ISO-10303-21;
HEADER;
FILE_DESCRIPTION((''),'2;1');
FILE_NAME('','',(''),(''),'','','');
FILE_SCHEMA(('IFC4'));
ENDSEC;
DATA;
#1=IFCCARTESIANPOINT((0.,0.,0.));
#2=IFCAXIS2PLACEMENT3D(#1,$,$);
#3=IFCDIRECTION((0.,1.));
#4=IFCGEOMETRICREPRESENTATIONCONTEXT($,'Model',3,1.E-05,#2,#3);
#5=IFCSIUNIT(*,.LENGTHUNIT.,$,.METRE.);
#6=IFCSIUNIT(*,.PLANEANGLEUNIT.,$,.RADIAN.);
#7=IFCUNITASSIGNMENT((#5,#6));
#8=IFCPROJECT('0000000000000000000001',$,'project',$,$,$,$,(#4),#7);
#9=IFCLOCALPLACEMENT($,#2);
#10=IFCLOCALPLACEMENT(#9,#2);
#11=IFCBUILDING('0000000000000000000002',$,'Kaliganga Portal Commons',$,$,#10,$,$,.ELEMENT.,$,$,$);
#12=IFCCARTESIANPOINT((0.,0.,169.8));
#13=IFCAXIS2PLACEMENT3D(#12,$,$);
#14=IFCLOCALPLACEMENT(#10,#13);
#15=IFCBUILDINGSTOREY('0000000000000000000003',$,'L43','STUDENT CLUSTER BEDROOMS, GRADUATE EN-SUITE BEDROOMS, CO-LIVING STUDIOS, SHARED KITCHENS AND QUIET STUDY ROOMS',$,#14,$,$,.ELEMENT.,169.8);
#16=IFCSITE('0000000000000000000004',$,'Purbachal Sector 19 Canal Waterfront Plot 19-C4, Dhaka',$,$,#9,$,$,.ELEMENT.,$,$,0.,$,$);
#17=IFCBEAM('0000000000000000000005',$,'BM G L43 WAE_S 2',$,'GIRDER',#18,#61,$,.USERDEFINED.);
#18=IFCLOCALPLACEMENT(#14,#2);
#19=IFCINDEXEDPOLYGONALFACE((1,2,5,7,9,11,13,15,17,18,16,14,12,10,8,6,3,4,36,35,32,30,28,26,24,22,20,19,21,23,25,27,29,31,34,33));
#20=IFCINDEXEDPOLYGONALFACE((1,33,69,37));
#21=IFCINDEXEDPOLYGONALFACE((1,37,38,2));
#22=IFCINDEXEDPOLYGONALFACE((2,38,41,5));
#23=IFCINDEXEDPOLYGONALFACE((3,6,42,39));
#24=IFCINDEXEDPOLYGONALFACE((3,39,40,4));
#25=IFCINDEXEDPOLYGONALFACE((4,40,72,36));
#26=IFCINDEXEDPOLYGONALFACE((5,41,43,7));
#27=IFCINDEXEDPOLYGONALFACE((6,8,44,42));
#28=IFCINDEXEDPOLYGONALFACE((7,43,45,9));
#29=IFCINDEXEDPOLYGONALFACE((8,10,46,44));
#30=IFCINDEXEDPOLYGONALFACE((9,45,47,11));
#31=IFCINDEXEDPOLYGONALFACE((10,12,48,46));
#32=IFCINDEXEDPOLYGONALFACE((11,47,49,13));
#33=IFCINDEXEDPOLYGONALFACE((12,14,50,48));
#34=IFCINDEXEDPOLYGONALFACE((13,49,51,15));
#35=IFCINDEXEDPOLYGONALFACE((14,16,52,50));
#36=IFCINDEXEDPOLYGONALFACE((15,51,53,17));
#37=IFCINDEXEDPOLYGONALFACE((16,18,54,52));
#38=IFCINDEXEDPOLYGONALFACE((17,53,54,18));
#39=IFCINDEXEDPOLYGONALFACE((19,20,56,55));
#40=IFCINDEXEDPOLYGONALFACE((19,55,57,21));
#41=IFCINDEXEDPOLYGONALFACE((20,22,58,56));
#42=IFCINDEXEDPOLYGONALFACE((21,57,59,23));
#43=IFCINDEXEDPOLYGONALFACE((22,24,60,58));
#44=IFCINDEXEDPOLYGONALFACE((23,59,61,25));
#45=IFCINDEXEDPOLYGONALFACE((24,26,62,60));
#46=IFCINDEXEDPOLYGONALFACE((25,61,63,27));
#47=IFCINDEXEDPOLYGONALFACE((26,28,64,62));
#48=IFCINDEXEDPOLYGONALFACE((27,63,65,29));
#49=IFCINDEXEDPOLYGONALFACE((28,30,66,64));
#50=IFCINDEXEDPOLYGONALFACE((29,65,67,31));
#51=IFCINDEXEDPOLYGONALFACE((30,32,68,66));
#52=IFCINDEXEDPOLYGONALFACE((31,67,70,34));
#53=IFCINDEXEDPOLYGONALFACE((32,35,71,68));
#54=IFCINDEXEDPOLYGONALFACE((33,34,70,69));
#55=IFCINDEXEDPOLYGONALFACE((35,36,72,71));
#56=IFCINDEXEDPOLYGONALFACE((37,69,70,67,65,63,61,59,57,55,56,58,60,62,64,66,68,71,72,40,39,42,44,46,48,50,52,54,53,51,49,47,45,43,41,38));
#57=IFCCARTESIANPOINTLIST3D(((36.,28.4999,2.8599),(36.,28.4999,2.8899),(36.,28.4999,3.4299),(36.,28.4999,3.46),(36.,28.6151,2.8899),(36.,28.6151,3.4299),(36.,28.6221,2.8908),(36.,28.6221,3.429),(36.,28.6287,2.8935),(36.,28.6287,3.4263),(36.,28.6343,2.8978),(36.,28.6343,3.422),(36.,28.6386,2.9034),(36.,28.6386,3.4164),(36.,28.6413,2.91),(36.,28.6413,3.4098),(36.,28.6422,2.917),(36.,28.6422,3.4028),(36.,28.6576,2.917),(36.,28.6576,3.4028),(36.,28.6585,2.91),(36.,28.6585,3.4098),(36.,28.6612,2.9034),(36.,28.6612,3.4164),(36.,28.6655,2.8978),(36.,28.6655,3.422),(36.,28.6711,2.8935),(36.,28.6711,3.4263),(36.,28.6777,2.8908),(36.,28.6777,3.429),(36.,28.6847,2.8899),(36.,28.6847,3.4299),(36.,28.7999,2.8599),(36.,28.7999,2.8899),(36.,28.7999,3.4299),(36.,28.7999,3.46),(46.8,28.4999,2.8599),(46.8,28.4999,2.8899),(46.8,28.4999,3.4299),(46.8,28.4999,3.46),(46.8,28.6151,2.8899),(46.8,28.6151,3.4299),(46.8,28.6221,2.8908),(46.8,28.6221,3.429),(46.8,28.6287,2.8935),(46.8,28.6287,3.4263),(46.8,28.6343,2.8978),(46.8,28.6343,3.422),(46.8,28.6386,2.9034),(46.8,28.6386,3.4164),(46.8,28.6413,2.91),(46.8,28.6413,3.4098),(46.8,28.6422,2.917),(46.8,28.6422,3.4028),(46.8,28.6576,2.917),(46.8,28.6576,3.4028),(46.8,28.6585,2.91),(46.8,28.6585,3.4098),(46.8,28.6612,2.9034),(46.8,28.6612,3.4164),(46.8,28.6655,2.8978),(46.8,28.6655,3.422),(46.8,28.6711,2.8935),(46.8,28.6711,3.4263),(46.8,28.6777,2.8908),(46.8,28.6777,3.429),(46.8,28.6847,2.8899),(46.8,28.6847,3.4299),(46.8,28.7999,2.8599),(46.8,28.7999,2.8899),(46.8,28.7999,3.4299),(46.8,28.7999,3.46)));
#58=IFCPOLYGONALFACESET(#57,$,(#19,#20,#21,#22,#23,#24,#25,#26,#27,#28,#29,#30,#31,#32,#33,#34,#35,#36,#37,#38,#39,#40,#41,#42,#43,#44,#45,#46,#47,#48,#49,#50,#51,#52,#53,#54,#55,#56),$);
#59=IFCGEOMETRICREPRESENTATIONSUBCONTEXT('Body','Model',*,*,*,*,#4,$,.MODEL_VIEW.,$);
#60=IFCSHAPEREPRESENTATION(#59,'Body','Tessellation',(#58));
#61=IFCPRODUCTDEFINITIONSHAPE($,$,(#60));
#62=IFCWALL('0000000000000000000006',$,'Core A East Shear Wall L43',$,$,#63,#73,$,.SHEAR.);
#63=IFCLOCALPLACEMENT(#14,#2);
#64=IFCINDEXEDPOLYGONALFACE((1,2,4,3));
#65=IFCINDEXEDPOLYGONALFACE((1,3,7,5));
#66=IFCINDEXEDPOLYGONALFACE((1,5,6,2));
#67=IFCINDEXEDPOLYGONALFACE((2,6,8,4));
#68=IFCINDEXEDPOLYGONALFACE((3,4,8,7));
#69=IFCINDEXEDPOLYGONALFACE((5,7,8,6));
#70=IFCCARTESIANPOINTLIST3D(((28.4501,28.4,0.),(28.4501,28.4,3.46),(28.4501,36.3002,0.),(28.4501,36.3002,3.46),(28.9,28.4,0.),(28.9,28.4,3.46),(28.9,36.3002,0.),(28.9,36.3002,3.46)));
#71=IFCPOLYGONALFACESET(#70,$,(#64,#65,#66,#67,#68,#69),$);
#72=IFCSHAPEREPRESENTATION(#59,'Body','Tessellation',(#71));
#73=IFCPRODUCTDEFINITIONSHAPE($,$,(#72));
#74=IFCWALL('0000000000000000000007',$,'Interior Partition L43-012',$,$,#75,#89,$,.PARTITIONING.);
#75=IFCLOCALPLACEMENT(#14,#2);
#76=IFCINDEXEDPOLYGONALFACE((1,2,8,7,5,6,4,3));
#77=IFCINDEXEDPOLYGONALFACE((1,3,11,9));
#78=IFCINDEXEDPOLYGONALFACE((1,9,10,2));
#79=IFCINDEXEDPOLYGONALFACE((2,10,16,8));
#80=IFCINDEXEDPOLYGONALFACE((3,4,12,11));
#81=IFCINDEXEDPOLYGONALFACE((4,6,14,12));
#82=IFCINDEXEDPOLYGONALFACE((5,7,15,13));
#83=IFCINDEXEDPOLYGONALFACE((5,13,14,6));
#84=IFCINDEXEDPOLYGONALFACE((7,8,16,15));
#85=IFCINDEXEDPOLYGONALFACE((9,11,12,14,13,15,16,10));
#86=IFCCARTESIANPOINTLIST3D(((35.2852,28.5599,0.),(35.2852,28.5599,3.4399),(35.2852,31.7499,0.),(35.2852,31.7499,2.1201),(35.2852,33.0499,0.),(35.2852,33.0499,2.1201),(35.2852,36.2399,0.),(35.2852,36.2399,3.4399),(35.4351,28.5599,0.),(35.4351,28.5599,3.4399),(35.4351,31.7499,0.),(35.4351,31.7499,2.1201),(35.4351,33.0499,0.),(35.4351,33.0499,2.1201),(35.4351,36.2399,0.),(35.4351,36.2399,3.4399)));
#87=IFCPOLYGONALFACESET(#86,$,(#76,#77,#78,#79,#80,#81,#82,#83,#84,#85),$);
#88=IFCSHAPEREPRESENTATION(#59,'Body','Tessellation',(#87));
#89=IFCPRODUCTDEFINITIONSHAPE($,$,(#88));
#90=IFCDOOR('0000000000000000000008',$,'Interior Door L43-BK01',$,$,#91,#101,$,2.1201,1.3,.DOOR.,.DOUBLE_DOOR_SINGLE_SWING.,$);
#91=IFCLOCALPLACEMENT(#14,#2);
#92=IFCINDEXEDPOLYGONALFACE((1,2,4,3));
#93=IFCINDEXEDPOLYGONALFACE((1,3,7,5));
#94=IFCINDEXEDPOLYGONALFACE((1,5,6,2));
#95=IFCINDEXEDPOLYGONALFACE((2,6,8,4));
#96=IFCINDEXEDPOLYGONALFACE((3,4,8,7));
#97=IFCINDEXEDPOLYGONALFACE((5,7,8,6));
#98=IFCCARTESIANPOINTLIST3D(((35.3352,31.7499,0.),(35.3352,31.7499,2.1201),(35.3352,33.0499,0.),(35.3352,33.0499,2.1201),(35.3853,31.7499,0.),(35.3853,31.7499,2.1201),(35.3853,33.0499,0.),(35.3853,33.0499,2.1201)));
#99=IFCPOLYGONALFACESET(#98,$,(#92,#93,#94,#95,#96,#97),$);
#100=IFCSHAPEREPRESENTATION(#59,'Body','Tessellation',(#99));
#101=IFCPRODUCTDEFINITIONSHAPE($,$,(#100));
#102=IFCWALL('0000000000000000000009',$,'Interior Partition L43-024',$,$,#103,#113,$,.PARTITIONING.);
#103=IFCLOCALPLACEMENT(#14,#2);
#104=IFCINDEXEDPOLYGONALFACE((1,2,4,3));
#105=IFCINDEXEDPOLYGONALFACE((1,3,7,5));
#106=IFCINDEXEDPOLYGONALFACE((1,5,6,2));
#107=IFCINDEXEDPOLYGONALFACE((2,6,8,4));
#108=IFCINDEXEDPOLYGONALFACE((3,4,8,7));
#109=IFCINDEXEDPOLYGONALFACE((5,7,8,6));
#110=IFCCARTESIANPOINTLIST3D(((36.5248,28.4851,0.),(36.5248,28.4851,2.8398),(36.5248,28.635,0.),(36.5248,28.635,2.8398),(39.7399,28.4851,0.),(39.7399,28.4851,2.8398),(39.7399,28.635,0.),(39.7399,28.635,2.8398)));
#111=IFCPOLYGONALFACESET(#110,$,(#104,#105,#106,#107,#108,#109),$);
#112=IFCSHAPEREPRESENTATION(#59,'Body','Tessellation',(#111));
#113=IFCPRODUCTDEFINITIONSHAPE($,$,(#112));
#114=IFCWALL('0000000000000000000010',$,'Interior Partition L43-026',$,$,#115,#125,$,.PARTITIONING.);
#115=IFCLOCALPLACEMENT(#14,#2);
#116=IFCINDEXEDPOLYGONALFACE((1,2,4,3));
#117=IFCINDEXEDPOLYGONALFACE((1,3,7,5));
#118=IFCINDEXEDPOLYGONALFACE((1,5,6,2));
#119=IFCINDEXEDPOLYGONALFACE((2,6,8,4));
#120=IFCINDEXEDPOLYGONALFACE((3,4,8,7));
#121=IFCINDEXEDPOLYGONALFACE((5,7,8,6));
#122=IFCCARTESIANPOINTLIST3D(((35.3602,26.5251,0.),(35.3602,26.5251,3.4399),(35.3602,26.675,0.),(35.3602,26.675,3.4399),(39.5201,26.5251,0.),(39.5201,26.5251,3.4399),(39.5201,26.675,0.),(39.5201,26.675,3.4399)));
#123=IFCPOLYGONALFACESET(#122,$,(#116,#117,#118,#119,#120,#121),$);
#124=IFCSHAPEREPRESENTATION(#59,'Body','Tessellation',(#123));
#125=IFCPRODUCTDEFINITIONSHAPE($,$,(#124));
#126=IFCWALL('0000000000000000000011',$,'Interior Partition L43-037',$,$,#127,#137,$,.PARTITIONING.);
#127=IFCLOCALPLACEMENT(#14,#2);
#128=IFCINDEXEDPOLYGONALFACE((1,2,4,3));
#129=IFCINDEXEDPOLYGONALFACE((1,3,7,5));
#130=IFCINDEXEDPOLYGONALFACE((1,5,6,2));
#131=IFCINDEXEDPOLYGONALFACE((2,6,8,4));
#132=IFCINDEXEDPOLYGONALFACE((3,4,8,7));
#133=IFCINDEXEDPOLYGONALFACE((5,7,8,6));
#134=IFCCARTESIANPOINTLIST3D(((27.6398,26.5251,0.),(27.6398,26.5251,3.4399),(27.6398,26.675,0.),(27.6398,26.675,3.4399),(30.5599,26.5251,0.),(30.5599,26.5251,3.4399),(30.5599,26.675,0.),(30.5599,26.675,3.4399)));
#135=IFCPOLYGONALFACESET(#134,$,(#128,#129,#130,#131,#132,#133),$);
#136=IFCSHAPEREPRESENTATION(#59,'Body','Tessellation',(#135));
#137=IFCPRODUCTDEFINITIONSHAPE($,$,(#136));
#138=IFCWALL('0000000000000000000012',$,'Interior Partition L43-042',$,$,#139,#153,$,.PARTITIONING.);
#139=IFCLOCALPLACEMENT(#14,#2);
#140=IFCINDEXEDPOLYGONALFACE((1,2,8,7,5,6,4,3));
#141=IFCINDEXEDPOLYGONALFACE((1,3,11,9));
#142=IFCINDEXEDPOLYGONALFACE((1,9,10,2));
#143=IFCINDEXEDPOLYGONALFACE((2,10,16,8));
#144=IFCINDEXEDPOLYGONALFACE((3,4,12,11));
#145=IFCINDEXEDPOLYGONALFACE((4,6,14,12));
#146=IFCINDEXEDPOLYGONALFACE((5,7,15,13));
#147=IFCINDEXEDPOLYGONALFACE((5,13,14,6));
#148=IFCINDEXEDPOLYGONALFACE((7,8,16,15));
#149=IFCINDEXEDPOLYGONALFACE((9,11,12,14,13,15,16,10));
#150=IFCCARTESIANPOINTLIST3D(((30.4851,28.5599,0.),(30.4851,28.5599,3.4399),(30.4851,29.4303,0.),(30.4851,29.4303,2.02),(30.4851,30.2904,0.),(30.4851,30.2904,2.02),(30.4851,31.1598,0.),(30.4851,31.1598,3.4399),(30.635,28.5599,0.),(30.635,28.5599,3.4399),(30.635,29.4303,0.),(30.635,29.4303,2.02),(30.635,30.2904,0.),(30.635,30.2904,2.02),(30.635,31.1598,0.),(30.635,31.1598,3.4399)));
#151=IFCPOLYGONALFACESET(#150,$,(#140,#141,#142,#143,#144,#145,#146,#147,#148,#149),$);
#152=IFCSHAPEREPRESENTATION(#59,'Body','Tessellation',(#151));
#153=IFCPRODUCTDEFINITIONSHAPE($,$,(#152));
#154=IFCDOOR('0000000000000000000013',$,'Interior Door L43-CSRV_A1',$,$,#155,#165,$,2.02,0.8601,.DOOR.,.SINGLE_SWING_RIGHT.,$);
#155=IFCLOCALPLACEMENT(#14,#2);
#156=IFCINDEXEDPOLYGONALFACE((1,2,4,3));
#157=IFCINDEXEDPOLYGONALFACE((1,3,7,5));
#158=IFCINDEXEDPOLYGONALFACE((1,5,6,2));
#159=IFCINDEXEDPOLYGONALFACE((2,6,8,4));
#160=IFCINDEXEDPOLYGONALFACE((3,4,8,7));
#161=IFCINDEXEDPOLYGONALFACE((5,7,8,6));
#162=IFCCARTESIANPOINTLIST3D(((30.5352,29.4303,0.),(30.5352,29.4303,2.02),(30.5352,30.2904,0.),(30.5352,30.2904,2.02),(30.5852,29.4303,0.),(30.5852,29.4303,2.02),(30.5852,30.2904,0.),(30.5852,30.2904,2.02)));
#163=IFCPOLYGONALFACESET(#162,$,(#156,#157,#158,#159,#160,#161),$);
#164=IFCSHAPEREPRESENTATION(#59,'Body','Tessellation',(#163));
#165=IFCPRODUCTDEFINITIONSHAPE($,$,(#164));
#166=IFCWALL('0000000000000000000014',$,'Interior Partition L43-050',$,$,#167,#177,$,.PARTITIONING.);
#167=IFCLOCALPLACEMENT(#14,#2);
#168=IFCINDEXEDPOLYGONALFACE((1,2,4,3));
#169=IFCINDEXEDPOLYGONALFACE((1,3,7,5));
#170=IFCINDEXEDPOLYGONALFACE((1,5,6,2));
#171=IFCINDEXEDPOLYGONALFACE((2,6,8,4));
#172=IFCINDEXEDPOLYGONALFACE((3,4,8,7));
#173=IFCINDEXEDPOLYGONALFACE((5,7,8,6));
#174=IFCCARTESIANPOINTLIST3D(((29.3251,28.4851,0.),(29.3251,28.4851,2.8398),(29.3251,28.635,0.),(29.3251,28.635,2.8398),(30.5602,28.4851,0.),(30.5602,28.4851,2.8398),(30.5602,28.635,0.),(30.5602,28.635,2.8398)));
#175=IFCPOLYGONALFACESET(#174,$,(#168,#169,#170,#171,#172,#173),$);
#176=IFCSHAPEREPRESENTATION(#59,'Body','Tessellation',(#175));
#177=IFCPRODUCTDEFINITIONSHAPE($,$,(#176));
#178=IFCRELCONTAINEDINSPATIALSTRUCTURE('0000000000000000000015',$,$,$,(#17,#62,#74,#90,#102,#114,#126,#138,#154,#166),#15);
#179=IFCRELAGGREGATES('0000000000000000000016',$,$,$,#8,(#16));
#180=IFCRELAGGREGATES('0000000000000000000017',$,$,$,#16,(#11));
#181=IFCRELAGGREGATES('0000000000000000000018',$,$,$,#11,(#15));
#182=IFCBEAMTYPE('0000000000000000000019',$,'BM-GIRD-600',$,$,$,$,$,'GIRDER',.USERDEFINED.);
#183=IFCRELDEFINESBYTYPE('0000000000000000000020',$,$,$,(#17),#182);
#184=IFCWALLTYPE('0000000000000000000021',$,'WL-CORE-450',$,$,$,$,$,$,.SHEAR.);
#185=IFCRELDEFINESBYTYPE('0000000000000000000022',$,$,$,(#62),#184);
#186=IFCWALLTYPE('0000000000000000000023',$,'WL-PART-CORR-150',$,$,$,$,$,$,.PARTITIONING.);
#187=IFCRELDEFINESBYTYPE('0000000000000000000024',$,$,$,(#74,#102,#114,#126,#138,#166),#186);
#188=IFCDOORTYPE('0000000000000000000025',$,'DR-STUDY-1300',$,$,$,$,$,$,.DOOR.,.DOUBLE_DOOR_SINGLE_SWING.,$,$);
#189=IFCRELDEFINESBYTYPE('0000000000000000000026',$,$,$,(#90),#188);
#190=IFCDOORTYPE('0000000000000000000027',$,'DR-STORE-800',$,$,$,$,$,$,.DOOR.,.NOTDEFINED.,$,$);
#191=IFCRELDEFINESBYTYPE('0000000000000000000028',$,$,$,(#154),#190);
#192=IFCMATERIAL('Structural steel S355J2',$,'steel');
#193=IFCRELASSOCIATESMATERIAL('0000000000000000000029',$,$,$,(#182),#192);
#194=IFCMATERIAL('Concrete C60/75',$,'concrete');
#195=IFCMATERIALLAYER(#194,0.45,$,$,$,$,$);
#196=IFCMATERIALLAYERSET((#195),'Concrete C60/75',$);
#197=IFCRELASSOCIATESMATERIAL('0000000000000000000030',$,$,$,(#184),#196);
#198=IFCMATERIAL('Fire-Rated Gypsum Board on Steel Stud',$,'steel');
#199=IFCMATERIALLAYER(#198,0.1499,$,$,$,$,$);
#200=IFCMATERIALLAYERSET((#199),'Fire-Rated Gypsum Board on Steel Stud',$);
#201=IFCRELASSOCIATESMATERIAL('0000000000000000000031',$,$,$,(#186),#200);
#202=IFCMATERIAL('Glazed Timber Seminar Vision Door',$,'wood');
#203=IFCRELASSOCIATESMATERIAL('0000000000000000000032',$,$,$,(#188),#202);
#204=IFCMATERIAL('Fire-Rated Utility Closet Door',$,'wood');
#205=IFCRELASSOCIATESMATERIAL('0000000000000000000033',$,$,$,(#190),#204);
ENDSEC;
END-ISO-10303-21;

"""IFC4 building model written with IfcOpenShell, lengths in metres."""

from ifc_helpers import new_model, si_unit, direction, frame, frame_2d, origin, origin_2d, place, context, subcontext, project, spatial, rectangle, i_section, extrude, source, transform, mapped, material, layer, layer_set, material_profile, profile_set, type_object, element, fill, save


model = new_model("IFC4")

# Units and contexts
model_context = context("Model", 3, precision=1e-05, world=origin(), true_north=direction((0.0, 1.0)))
body_context = subcontext(model_context, "Body", "Model", "MODEL_VIEW")
ifc_project = project(units=[si_unit("LENGTHUNIT", "METRE"), si_unit("PLANEANGLEUNIT", "RADIAN")], contexts=[model_context])

# Site, building, storey
site_placement = place(None, origin())
site = spatial("IfcSite", under=ifc_project, at=site_placement, Name="Purbachal Sector 19 Canal Waterfront Plot 19-C4, Dhaka", CompositionType="ELEMENT", RefElevation=0.0)
building_placement = place(site_placement, origin())
building = spatial("IfcBuilding", under=site, at=building_placement, Name="Kaliganga Portal Commons", CompositionType="ELEMENT")
storey_placement = place(building_placement, frame((0.0, 0.0, 169.8)))
storey = spatial("IfcBuildingStorey", under=building, at=storey_placement, Name="L43", Description="STUDENT CLUSTER BEDROOMS, GRADUATE EN-SUITE BEDROOMS, CO-LIVING STUDIOS, SHARED KITCHENS AND QUIET STUDY ROOMS", CompositionType="ELEMENT", Elevation=169.8)

# Shared definitions
ifc_material_1 = material(Name="Concrete C60/75", Category="concrete")

# Beam
ifc_material_2 = material(Name="Structural steel S355J2", Category="steel")
ifc_material_profile_1 = material_profile(ifc_material_2, i_section(OverallWidth=0.3, OverallDepth=0.6001, WebThickness=0.0154, FlangeThickness=0.03, FilletRadius=0.0271, at=origin_2d()), Name="HE 600 B")
ifc_profile_set_1 = profile_set([ifc_material_profile_1], Name="Structural steel S355J2 wide-flange")
beam_type_1 = type_object("IfcBeamType", Name="BM-GIRD-600", ElementType="GIRDER", PredefinedType="USERDEFINED", material=ifc_profile_set_1)
shared_shape_1 = source(origin(), body_context, "Body", "SweptSolid", [
    extrude(i_section(OverallWidth=0.3, OverallDepth=0.6001, WebThickness=0.0154, FlangeThickness=0.03, FilletRadius=0.0271, at=origin_2d()), origin(), (0.0, 0.0, 1.0), 10.8),
])
beam_1_placement = place(storey_placement, frame((36.0, 28.6499, 3.1599), z_axis=(1.0, 0.0, 0.0), x_axis=(0.0, 1.0, 0.0)))
element("IfcBeam", 1, at=beam_1_placement, inside=storey, type_object=beam_type_1, Name="BM G L43 WAE_S 2", ObjectType="GIRDER", PredefinedType="USERDEFINED", context=body_context, shape_type="MappedRepresentation", body=[
    mapped(shared_shape_1, transform((0.0, 0.0, 0.0), x_axis=(1.0, 0.0, 0.0), y_axis=(0.0, 1.0, 0.0), z_axis=(0.0, 0.0, 1.0), scale=1.0)),
])

# Wall
ifc_layer_1 = layer(ifc_material_1, 0.45)
ifc_layer_set_1 = layer_set([ifc_layer_1], Name="Concrete C60/75")
wall_type_1 = type_object("IfcWallType", Name="WL-CORE-450", PredefinedType="SHEAR", material=ifc_layer_set_1)
wall_1_placement = place(storey_placement, frame((28.675, 28.3999, 0.0), z_axis=(0.0, 0.0, 1.0), x_axis=(0.0, 1.0, 0.0)))
element("IfcWall", 2, at=wall_1_placement, inside=storey, type_object=wall_type_1, Name="Core A East Shear Wall L43", PredefinedType="SHEAR", context=body_context, shape_type="SweptSolid", body=[
    extrude(rectangle(XDim=7.9001, YDim=0.45, at=frame_2d((3.9502, 0.0))), origin(), (0.0, 0.0, 1.0), 3.46),
])

# Wall, opening, door
ifc_material_3 = material(Name="Fire-Rated Gypsum Board on Steel Stud", Category="steel")
ifc_layer_2 = layer(ifc_material_3, 0.1499)
ifc_layer_set_2 = layer_set([ifc_layer_2], Name="Fire-Rated Gypsum Board on Steel Stud")
wall_type_2 = type_object("IfcWallType", Name="WL-PART-CORR-150", PredefinedType="PARTITIONING", material=ifc_layer_set_2)
wall_2_placement = place(storey_placement, frame((35.3601, 28.5601, 0.0), z_axis=(0.0, 0.0, 1.0), x_axis=(0.0, 1.0, 0.0)))
wall_2 = element("IfcWall", 3, at=wall_2_placement, inside=storey, type_object=wall_type_2, Name="Interior Partition L43-012", PredefinedType="PARTITIONING", context=body_context, shape_type="SweptSolid", body=[
    extrude(rectangle(XDim=7.6799, YDim=0.1499, at=frame_2d((3.8398, 0.0))), origin(), (0.0, 0.0, 1.0), 3.4399),
])
opening_1_placement = place(wall_2_placement, frame((3.1899, 0.0, 0.0)))
opening_1 = element("IfcOpeningElement", 4, at=opening_1_placement, cuts=wall_2, PredefinedType="OPENING", context=body_context, shape_type="SweptSolid", body=[
    extrude(rectangle(XDim=1.3, YDim=2.1201, at=frame_2d((0.6499, 1.0601))), frame((0.0, 0.085, 0.0), z_axis=(0.0, -1.0, 0.0), x_axis=(1.0, 0.0, 0.0)), (0.0, 0.0, 1.0), 0.1699),
])
ifc_material_4 = material(Name="Glazed Timber Seminar Vision Door", Category="wood")
door_type_1 = type_object("IfcDoorType", Name="DR-STUDY-1300", OperationType="DOUBLE_DOOR_SINGLE_SWING", PredefinedType="DOOR", material=ifc_material_4)
door_1_placement = place(opening_1_placement, origin())
door_1 = element("IfcDoor", 5, at=door_1_placement, inside=storey, type_object=door_type_1, Name="Interior Door L43-BK01", OperationType="DOUBLE_DOOR_SINGLE_SWING", OverallHeight=2.1201, OverallWidth=1.3, PredefinedType="DOOR", context=body_context, shape_type="SweptSolid", body=[
    extrude(rectangle(XDim=1.3, YDim=2.1201, at=frame_2d((0.6499, 1.0601))), frame((0.0, 0.0249, 0.0), z_axis=(0.0, -1.0, 0.0), x_axis=(1.0, 0.0, 0.0)), (0.0, 0.0, 1.0), 0.05),
])
fill(opening_1, door_1)

# Walls
wall_3_placement = place(storey_placement, frame((36.5249, 28.5601, 0.0), z_axis=(0.0, 0.0, 1.0), x_axis=(1.0, 0.0, 0.0)))
element("IfcWall", 6, at=wall_3_placement, inside=storey, type_object=wall_type_2, Name="Interior Partition L43-024", PredefinedType="PARTITIONING", context=body_context, shape_type="SweptSolid", body=[
    extrude(rectangle(XDim=3.2151, YDim=0.1499, at=frame_2d((1.6074, 0.0))), origin(), (0.0, 0.0, 1.0), 2.8398),
])
wall_4_placement = place(storey_placement, frame((35.3601, 26.6001, 0.0), z_axis=(0.0, 0.0, 1.0), x_axis=(1.0, 0.0, 0.0)))
element("IfcWall", 7, at=wall_4_placement, inside=storey, type_object=wall_type_2, Name="Interior Partition L43-026", PredefinedType="PARTITIONING", context=body_context, shape_type="SweptSolid", body=[
    extrude(rectangle(XDim=4.1599, YDim=0.1499, at=frame_2d((2.0801, 0.0))), origin(), (0.0, 0.0, 1.0), 3.4399),
])
wall_5_placement = place(storey_placement, frame((27.6399, 26.6001, 0.0), z_axis=(0.0, 0.0, 1.0), x_axis=(1.0, 0.0, 0.0)))
element("IfcWall", 8, at=wall_5_placement, inside=storey, type_object=wall_type_2, Name="Interior Partition L43-037", PredefinedType="PARTITIONING", context=body_context, shape_type="SweptSolid", body=[
    extrude(rectangle(XDim=2.9202, YDim=0.1499, at=frame_2d((1.46, 0.0))), origin(), (0.0, 0.0, 1.0), 3.4399),
])

# Wall, opening, door
wall_6_placement = place(storey_placement, frame((30.5601, 28.5601, 0.0), z_axis=(0.0, 0.0, 1.0), x_axis=(0.0, 1.0, 0.0)))
wall_6 = element("IfcWall", 9, at=wall_6_placement, inside=storey, type_object=wall_type_2, Name="Interior Partition L43-042", PredefinedType="PARTITIONING", context=body_context, shape_type="SweptSolid", body=[
    extrude(rectangle(XDim=2.5999, YDim=0.1499, at=frame_2d((1.2998, 0.0))), origin(), (0.0, 0.0, 1.0), 3.4399),
])
opening_2_placement = place(wall_6_placement, frame((0.8701, 0.0, 0.0)))
opening_2 = element("IfcOpeningElement", 10, at=opening_2_placement, cuts=wall_6, PredefinedType="OPENING", context=body_context, shape_type="SweptSolid", body=[
    extrude(rectangle(XDim=0.8601, YDim=2.02, at=frame_2d((0.4302, 1.01))), frame((0.0, 0.085, 0.0), z_axis=(0.0, -1.0, 0.0), x_axis=(1.0, 0.0, 0.0)), (0.0, 0.0, 1.0), 0.1699),
])
ifc_material_5 = material(Name="Fire-Rated Utility Closet Door", Category="wood")
door_type_2 = type_object("IfcDoorType", Name="DR-STORE-800", OperationType="NOTDEFINED", PredefinedType="DOOR", material=ifc_material_5)
door_2_placement = place(opening_2_placement, origin())
door_2 = element("IfcDoor", 11, at=door_2_placement, inside=storey, type_object=door_type_2, Name="Interior Door L43-CSRV_A1", OperationType="SINGLE_SWING_RIGHT", OverallHeight=2.02, OverallWidth=0.8601, PredefinedType="DOOR", context=body_context, shape_type="SweptSolid", body=[
    extrude(rectangle(XDim=0.8601, YDim=2.02, at=frame_2d((0.4302, 1.01))), frame((0.0, 0.0249, 0.0), z_axis=(0.0, -1.0, 0.0), x_axis=(1.0, 0.0, 0.0)), (0.0, 0.0, 1.0), 0.05),
])
fill(opening_2, door_2)

# Wall
wall_7_placement = place(storey_placement, frame((29.325, 28.5601, 0.0), z_axis=(0.0, 0.0, 1.0), x_axis=(1.0, 0.0, 0.0)))
element("IfcWall", 12, at=wall_7_placement, inside=storey, type_object=wall_type_2, Name="Interior Partition L43-050", PredefinedType="PARTITIONING", context=body_context, shape_type="SweptSolid", body=[
    extrude(rectangle(XDim=1.2351, YDim=0.1499, at=frame_2d((0.6177, 0.0))), origin(), (0.0, 0.0, 1.0), 2.8398),
])

save(model, "model.ifc")
